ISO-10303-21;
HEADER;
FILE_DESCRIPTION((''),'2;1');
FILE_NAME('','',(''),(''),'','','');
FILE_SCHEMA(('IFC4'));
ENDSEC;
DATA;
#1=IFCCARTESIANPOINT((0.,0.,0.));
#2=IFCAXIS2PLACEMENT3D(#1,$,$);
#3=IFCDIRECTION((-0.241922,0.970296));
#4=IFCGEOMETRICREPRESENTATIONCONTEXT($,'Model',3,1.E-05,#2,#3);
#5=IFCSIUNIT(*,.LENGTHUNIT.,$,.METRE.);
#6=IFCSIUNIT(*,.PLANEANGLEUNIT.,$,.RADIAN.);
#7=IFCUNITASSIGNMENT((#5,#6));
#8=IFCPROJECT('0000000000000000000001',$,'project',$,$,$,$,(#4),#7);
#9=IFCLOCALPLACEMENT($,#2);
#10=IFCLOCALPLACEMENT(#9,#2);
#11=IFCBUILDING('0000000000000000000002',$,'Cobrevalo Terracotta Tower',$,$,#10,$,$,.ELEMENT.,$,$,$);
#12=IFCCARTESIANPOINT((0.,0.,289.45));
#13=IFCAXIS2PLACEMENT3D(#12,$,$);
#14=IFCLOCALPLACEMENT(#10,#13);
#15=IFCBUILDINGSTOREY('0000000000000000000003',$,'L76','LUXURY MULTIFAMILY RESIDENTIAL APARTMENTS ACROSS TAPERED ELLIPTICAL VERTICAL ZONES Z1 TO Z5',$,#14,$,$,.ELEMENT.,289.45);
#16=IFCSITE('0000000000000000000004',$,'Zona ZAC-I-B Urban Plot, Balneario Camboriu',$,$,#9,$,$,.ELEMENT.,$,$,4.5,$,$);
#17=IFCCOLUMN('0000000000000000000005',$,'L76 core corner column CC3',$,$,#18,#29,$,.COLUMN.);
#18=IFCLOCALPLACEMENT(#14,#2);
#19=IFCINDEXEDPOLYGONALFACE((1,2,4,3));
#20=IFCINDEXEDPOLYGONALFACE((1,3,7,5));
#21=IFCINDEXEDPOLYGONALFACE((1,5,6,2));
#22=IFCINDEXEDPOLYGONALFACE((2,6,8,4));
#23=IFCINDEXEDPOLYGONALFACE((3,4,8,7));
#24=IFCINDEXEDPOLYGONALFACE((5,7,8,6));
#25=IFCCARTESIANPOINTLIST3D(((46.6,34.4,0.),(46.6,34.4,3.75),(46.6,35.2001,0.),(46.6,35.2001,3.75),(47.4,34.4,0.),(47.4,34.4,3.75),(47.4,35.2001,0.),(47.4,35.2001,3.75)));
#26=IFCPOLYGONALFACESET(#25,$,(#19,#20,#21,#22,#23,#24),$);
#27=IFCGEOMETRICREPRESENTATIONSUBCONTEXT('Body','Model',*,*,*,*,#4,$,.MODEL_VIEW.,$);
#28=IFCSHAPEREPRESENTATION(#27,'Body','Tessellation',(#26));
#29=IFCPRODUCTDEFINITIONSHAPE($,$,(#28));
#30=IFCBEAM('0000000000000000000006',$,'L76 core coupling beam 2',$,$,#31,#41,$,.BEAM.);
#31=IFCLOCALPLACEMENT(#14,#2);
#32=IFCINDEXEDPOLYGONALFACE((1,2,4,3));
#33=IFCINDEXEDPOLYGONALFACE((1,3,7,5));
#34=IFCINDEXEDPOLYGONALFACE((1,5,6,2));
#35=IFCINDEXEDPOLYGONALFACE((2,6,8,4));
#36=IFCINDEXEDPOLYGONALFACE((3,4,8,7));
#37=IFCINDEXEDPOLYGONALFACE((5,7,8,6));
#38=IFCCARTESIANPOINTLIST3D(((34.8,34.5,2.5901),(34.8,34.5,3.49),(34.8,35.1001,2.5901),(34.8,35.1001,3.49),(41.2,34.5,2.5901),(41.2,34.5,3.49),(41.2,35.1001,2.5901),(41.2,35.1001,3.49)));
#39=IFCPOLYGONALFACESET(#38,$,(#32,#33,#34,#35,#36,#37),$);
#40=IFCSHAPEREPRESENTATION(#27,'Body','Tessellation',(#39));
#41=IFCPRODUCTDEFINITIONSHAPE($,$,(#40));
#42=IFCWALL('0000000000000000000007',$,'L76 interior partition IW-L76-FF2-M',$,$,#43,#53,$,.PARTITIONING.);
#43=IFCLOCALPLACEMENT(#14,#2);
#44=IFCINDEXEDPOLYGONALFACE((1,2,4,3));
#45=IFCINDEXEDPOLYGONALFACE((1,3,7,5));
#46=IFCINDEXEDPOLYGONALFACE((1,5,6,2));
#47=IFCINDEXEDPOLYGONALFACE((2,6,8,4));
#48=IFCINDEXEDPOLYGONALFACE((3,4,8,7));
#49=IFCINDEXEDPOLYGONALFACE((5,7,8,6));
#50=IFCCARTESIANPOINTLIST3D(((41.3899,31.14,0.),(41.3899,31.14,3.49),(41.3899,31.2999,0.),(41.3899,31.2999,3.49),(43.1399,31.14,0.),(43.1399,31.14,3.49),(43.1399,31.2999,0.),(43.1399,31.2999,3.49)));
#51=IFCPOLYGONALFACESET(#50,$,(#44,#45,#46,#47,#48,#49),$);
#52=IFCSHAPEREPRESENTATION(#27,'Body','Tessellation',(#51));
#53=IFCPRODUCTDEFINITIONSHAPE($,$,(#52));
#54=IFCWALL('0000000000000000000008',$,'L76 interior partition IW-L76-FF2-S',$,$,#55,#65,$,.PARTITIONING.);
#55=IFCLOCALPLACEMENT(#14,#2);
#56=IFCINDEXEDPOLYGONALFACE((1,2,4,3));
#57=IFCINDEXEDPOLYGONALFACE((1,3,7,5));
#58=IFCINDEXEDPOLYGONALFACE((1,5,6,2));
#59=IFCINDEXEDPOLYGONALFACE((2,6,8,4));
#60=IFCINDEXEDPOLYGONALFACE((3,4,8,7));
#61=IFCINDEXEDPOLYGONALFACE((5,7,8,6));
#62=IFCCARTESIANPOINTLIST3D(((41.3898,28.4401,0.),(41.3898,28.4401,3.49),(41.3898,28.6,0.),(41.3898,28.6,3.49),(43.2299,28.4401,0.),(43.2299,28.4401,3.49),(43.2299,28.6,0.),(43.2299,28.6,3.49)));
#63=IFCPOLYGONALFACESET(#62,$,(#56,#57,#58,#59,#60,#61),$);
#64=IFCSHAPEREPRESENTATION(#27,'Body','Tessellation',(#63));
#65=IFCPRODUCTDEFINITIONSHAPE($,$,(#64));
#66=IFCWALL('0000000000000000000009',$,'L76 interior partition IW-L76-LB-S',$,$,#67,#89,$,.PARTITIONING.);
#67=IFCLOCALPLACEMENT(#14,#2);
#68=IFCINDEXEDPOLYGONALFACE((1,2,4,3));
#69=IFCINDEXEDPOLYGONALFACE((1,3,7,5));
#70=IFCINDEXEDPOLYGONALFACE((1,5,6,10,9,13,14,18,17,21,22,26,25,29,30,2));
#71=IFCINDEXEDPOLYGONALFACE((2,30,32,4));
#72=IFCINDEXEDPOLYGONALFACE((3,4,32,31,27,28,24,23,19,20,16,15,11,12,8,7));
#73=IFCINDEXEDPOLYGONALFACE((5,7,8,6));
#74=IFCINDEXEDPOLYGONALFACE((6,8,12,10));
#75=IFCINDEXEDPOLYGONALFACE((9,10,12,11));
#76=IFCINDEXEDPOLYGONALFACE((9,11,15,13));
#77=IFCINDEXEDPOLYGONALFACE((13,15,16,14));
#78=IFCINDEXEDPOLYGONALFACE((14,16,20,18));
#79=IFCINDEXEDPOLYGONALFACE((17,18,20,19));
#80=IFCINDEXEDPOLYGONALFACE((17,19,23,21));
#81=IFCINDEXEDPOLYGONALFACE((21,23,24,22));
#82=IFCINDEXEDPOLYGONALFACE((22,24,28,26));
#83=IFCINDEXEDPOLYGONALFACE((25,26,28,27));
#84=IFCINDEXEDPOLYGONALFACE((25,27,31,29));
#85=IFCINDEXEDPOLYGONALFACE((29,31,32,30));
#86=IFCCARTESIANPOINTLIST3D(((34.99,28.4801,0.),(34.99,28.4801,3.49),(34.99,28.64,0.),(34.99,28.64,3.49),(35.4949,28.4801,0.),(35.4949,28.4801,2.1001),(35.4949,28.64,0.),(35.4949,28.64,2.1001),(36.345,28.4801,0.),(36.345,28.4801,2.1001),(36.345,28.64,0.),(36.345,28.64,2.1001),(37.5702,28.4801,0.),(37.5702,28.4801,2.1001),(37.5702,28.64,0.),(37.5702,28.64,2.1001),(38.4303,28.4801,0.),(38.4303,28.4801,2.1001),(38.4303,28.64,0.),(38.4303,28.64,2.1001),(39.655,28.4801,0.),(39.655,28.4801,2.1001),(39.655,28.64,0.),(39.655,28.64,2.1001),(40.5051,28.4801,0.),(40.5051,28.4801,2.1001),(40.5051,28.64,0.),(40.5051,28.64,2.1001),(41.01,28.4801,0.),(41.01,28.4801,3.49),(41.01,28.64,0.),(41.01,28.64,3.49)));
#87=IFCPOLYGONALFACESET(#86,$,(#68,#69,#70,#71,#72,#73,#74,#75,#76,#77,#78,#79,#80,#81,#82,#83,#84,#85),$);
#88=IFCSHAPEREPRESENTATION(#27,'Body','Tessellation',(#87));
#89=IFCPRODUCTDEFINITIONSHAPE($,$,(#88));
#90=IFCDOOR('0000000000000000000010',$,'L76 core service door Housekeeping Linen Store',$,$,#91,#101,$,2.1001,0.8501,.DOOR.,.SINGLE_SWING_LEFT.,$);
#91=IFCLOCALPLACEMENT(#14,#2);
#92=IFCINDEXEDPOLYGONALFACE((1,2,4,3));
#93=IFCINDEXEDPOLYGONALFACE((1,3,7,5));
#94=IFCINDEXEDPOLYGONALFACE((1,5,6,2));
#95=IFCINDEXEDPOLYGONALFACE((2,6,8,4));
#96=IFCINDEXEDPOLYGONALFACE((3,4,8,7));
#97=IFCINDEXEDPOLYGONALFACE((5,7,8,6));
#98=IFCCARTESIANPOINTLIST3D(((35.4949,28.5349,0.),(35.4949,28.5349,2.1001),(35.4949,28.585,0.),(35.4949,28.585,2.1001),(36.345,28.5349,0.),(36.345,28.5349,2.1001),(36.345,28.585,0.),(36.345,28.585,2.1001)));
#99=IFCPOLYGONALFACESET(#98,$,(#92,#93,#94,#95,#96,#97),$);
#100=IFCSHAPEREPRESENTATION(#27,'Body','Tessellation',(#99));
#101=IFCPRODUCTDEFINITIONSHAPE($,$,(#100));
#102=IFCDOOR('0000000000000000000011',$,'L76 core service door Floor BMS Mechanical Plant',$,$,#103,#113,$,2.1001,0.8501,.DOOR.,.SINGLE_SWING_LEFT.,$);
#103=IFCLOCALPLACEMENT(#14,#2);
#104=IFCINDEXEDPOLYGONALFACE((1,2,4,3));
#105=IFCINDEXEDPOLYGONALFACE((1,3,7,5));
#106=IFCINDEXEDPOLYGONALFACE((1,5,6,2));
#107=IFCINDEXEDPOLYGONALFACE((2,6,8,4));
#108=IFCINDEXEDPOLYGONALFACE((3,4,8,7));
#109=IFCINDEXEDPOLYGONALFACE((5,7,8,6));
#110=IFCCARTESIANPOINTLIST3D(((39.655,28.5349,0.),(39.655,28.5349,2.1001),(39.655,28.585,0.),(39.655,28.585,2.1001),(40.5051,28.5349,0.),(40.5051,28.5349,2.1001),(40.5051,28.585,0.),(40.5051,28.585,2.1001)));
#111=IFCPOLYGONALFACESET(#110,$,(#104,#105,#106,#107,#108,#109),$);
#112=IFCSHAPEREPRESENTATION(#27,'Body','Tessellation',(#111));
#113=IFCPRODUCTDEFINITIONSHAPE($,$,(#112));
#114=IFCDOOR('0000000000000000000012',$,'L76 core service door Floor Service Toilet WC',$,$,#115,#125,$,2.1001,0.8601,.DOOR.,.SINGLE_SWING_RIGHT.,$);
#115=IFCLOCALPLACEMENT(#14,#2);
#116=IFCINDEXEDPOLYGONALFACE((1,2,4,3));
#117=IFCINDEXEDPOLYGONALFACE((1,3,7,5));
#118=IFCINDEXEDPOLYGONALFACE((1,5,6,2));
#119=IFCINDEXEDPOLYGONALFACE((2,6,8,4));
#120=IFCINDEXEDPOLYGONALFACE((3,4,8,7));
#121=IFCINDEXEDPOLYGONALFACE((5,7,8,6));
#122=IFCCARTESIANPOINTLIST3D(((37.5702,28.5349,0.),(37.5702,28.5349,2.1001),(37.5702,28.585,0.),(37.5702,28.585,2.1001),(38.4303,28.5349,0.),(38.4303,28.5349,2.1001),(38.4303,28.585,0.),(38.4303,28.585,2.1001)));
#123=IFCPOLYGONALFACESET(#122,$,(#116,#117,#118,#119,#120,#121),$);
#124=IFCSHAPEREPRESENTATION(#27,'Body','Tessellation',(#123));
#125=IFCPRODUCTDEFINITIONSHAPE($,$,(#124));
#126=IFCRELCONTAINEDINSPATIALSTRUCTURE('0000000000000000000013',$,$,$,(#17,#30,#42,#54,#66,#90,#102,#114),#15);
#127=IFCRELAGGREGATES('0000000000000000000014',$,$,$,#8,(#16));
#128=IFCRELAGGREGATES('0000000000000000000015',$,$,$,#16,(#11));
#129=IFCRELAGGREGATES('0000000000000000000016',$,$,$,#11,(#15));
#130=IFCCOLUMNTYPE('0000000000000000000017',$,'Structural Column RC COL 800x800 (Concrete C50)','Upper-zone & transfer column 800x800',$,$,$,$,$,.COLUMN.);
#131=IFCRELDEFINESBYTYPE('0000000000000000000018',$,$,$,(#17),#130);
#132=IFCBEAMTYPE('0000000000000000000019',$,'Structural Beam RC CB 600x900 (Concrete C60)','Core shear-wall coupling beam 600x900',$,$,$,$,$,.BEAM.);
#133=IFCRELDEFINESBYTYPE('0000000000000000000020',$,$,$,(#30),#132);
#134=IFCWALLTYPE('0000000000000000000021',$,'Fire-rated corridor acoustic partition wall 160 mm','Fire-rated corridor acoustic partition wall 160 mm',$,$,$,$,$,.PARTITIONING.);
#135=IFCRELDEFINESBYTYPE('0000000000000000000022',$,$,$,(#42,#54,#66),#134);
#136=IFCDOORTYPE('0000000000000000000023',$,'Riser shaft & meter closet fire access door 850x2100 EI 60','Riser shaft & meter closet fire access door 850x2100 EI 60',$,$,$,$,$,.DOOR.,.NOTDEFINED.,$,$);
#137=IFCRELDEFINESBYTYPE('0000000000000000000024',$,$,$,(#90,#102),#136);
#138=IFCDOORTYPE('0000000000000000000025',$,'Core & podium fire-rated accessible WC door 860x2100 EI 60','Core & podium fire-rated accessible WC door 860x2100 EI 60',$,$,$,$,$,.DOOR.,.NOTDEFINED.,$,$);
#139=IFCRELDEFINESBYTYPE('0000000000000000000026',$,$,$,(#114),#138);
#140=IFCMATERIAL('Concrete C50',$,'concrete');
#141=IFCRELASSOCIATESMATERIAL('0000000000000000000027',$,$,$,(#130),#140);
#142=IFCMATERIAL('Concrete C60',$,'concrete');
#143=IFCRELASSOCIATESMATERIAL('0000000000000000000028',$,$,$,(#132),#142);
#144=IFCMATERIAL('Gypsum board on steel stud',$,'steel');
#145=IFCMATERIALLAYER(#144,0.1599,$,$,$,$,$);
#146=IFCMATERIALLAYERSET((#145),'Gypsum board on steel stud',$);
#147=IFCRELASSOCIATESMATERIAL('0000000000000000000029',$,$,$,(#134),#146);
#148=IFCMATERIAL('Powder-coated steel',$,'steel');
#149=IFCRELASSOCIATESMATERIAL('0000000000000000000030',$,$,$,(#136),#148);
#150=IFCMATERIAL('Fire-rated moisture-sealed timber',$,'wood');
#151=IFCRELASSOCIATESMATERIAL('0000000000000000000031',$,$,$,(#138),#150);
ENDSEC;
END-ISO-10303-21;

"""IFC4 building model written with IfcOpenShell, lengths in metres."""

from ifc_helpers import new_model, si_unit, direction, frame, frame_2d, origin, origin_2d, place, context, subcontext, project, spatial, rectangle, extrude, source, transform, mapped, material, layer, layer_set, material_profile, profile_set, type_object, element, fill, save


model = new_model("IFC4")

# Units and contexts
model_context = context("Model", 3, precision=1e-05, world=origin(), true_north=direction((-0.241922, 0.970296)))
body_context = subcontext(model_context, "Body", "Model", "MODEL_VIEW")
ifc_project = project(units=[si_unit("LENGTHUNIT", "METRE"), si_unit("PLANEANGLEUNIT", "RADIAN")], contexts=[model_context])

# Site, building, storey
site_placement = place(None, origin())
site = spatial("IfcSite", under=ifc_project, at=site_placement, Name="Zona ZAC-I-B Urban Plot, Balneario Camboriu", CompositionType="ELEMENT", RefElevation=4.5)
building_placement = place(site_placement, origin())
building = spatial("IfcBuilding", under=site, at=building_placement, Name="Cobrevalo Terracotta Tower", CompositionType="ELEMENT")
storey_placement = place(building_placement, frame((0.0, 0.0, 289.45)))
storey = spatial("IfcBuildingStorey", under=building, at=storey_placement, Name="L76", Description="LUXURY MULTIFAMILY RESIDENTIAL APARTMENTS ACROSS TAPERED ELLIPTICAL VERTICAL ZONES Z1 TO Z5", CompositionType="ELEMENT", Elevation=289.45)

# Column
ifc_material_1 = material(Name="Concrete C50", Category="concrete")
ifc_material_profile_1 = material_profile(ifc_material_1, rectangle(XDim=0.8, YDim=0.8, at=origin_2d()), Name="RC COL 800x800")
ifc_profile_set_1 = profile_set([ifc_material_profile_1], Name="Concrete C50")
column_type = type_object("IfcColumnType", Name="Structural Column RC COL 800x800 (Concrete C50)", Description="Upper-zone & transfer column 800x800", PredefinedType="COLUMN", material=ifc_profile_set_1)
column_placement = place(storey_placement, frame((47.0, 34.8, 0.0), z_axis=(0.0, 0.0, 1.0), x_axis=(1.0, 0.0, 0.0)))
element("IfcColumn", 1, at=column_placement, inside=storey, type_object=column_type, Name="L76 core corner column CC3", PredefinedType="COLUMN", context=body_context, shape_type="SweptSolid", body=[
    extrude(rectangle(XDim=0.8, YDim=0.8, at=origin_2d()), origin(), (0.0, 0.0, 1.0), 3.75),
])

# Beam
ifc_material_2 = material(Name="Concrete C60", Category="concrete")
ifc_material_profile_2 = material_profile(ifc_material_2, rectangle(XDim=0.6001, YDim=0.8999, at=origin_2d()), Name="RC CB 600x900")
ifc_profile_set_2 = profile_set([ifc_material_profile_2], Name="Concrete C60")
beam_type = type_object("IfcBeamType", Name="Structural Beam RC CB 600x900 (Concrete C60)", Description="Core shear-wall coupling beam 600x900", PredefinedType="BEAM", material=ifc_profile_set_2)
beam_placement = place(storey_placement, frame((34.8, 34.8, 3.04), z_axis=(1.0, 0.0, 0.0), x_axis=(0.0, 1.0, 0.0)))
element("IfcBeam", 2, at=beam_placement, inside=storey, type_object=beam_type, Name="L76 core coupling beam 2", PredefinedType="BEAM", context=body_context, shape_type="SweptSolid", body=[
    extrude(rectangle(XDim=0.6001, YDim=0.8999, at=origin_2d()), origin(), (0.0, 0.0, 1.0), 6.3999),
])

# Walls
ifc_material_3 = material(Name="Gypsum board on steel stud", Category="steel")
ifc_layer_1 = layer(ifc_material_3, 0.1599)
ifc_layer_set_1 = layer_set([ifc_layer_1], Name="Gypsum board on steel stud")
wall_type_1 = type_object("IfcWallType", Name="Fire-rated corridor acoustic partition wall 160 mm", Description="Fire-rated corridor acoustic partition wall 160 mm", PredefinedType="PARTITIONING", material=ifc_layer_set_1)
wall_1_placement = place(storey_placement, frame((41.3899, 31.22, 0.0), z_axis=(0.0, 0.0, 1.0), x_axis=(1.0, 0.0, 0.0)))
element("IfcWall", 3, at=wall_1_placement, inside=storey, type_object=wall_type_1, Name="L76 interior partition IW-L76-FF2-M", PredefinedType="PARTITIONING", context=body_context, shape_type="SweptSolid", body=[
    extrude(rectangle(XDim=1.75, YDim=0.1599, at=frame_2d((0.875, 0.0))), origin(), (0.0, 0.0, 1.0), 3.49),
])
wall_2_placement = place(storey_placement, frame((41.3899, 28.52, 0.0), z_axis=(0.0, 0.0, 1.0), x_axis=(1.0, 0.0, 0.0)))
element("IfcWall", 4, at=wall_2_placement, inside=storey, type_object=wall_type_1, Name="L76 interior partition IW-L76-FF2-S", PredefinedType="PARTITIONING", context=body_context, shape_type="SweptSolid", body=[
    extrude(rectangle(XDim=1.8401, YDim=0.1599, at=frame_2d((0.9199, 0.0))), origin(), (0.0, 0.0, 1.0), 3.49),
])

# Wall, openings, doors
wall_3_placement = place(storey_placement, frame((34.99, 28.5601, 0.0), z_axis=(0.0, 0.0, 1.0), x_axis=(1.0, 0.0, 0.0)))
wall_3 = element("IfcWall", 5, at=wall_3_placement, inside=storey, type_object=wall_type_1, Name="L76 interior partition IW-L76-LB-S", PredefinedType="PARTITIONING", context=body_context, shape_type="SweptSolid", body=[
    extrude(rectangle(XDim=6.02, YDim=0.1599, at=frame_2d((3.01, 0.0))), origin(), (0.0, 0.0, 1.0), 3.49),
])
opening_1_placement = place(wall_3_placement, frame((0.5049, 0.0, 0.0)))
opening_1 = element("IfcOpeningElement", 6, at=opening_1_placement, cuts=wall_3, PredefinedType="OPENING", context=body_context, shape_type="SweptSolid", body=[
    extrude(rectangle(XDim=0.8501, YDim=2.1001, at=frame_2d((0.425, 1.05))), frame((0.0, 0.0898, 0.0), z_axis=(0.0, -1.0, 0.0), x_axis=(1.0, 0.0, 0.0)), (0.0, 0.0, 1.0), 0.1799),
])
opening_2_placement = place(wall_3_placement, frame((2.5801, 0.0, 0.0)))
opening_2 = element("IfcOpeningElement", 7, at=opening_2_placement, cuts=wall_3, PredefinedType="OPENING", context=body_context, shape_type="SweptSolid", body=[
    extrude(rectangle(XDim=0.8601, YDim=2.1001, at=frame_2d((0.4302, 1.05))), frame((0.0, 0.0898, 0.0), z_axis=(0.0, -1.0, 0.0), x_axis=(1.0, 0.0, 0.0)), (0.0, 0.0, 1.0), 0.1799),
])
opening_3_placement = place(wall_3_placement, frame((4.665, 0.0, 0.0)))
opening_3 = element("IfcOpeningElement", 8, at=opening_3_placement, cuts=wall_3, PredefinedType="OPENING", context=body_context, shape_type="SweptSolid", body=[
    extrude(rectangle(XDim=0.8501, YDim=2.1001, at=frame_2d((0.425, 1.05))), frame((0.0, 0.0898, 0.0), z_axis=(0.0, -1.0, 0.0), x_axis=(1.0, 0.0, 0.0)), (0.0, 0.0, 1.0), 0.1799),
])
ifc_material_4 = material(Name="Powder-coated steel", Category="steel")
door_type_1 = type_object("IfcDoorType", Name="Riser shaft & meter closet fire access door 850x2100 EI 60", Description="Riser shaft & meter closet fire access door 850x2100 EI 60", OperationType="NOTDEFINED", PredefinedType="DOOR", material=ifc_material_4)
shared_shape_1 = source(origin(), body_context, "Body", "SweptSolid", [
    extrude(rectangle(XDim=0.8501, YDim=2.1001, at=frame_2d((0.425, 1.05))), frame((0.0, 0.0249, 0.0), z_axis=(0.0, -1.0, 0.0), x_axis=(1.0, 0.0, 0.0)), (0.0, 0.0, 1.0), 0.05),
])
door_1_placement = place(opening_1_placement, origin())
door_1 = element("IfcDoor", 9, at=door_1_placement, inside=storey, type_object=door_type_1, Name="L76 core service door Housekeeping Linen Store", OperationType="SINGLE_SWING_LEFT", OverallHeight=2.1001, OverallWidth=0.8501, PredefinedType="DOOR", context=body_context, shape_type="MappedRepresentation", body=[
    mapped(shared_shape_1, transform((0.0, 0.0, 0.0), scale=1.0)),
])
fill(opening_1, door_1)
door_2_placement = place(opening_3_placement, origin())
door_2 = element("IfcDoor", 10, at=door_2_placement, inside=storey, type_object=door_type_1, Name="L76 core service door Floor BMS Mechanical Plant", OperationType="SINGLE_SWING_LEFT", OverallHeight=2.1001, OverallWidth=0.8501, PredefinedType="DOOR", context=body_context, shape_type="MappedRepresentation", body=[
    mapped(shared_shape_1, transform((0.0, 0.0, 0.0), scale=1.0)),
])
fill(opening_3, door_2)
ifc_material_5 = material(Name="Fire-rated moisture-sealed timber", Category="wood")
door_type_2 = type_object("IfcDoorType", Name="Core & podium fire-rated accessible WC door 860x2100 EI 60", Description="Core & podium fire-rated accessible WC door 860x2100 EI 60", OperationType="NOTDEFINED", PredefinedType="DOOR", material=ifc_material_5)
shared_shape_2 = source(origin(), body_context, "Body", "SweptSolid", [
    extrude(rectangle(XDim=0.8601, YDim=2.1001, at=frame_2d((0.4302, 1.05))), frame((0.0, 0.0249, 0.0), z_axis=(0.0, -1.0, 0.0), x_axis=(1.0, 0.0, 0.0)), (0.0, 0.0, 1.0), 0.05),
])
door_3_placement = place(opening_2_placement, origin())
door_3 = element("IfcDoor", 11, at=door_3_placement, inside=storey, type_object=door_type_2, Name="L76 core service door Floor Service Toilet WC", OperationType="SINGLE_SWING_RIGHT", OverallHeight=2.1001, OverallWidth=0.8601, PredefinedType="DOOR", context=body_context, shape_type="MappedRepresentation", body=[
    mapped(shared_shape_2, transform((0.0, 0.0, 0.0), scale=1.0)),
])
fill(opening_2, door_3)

save(model, "model.ifc")
